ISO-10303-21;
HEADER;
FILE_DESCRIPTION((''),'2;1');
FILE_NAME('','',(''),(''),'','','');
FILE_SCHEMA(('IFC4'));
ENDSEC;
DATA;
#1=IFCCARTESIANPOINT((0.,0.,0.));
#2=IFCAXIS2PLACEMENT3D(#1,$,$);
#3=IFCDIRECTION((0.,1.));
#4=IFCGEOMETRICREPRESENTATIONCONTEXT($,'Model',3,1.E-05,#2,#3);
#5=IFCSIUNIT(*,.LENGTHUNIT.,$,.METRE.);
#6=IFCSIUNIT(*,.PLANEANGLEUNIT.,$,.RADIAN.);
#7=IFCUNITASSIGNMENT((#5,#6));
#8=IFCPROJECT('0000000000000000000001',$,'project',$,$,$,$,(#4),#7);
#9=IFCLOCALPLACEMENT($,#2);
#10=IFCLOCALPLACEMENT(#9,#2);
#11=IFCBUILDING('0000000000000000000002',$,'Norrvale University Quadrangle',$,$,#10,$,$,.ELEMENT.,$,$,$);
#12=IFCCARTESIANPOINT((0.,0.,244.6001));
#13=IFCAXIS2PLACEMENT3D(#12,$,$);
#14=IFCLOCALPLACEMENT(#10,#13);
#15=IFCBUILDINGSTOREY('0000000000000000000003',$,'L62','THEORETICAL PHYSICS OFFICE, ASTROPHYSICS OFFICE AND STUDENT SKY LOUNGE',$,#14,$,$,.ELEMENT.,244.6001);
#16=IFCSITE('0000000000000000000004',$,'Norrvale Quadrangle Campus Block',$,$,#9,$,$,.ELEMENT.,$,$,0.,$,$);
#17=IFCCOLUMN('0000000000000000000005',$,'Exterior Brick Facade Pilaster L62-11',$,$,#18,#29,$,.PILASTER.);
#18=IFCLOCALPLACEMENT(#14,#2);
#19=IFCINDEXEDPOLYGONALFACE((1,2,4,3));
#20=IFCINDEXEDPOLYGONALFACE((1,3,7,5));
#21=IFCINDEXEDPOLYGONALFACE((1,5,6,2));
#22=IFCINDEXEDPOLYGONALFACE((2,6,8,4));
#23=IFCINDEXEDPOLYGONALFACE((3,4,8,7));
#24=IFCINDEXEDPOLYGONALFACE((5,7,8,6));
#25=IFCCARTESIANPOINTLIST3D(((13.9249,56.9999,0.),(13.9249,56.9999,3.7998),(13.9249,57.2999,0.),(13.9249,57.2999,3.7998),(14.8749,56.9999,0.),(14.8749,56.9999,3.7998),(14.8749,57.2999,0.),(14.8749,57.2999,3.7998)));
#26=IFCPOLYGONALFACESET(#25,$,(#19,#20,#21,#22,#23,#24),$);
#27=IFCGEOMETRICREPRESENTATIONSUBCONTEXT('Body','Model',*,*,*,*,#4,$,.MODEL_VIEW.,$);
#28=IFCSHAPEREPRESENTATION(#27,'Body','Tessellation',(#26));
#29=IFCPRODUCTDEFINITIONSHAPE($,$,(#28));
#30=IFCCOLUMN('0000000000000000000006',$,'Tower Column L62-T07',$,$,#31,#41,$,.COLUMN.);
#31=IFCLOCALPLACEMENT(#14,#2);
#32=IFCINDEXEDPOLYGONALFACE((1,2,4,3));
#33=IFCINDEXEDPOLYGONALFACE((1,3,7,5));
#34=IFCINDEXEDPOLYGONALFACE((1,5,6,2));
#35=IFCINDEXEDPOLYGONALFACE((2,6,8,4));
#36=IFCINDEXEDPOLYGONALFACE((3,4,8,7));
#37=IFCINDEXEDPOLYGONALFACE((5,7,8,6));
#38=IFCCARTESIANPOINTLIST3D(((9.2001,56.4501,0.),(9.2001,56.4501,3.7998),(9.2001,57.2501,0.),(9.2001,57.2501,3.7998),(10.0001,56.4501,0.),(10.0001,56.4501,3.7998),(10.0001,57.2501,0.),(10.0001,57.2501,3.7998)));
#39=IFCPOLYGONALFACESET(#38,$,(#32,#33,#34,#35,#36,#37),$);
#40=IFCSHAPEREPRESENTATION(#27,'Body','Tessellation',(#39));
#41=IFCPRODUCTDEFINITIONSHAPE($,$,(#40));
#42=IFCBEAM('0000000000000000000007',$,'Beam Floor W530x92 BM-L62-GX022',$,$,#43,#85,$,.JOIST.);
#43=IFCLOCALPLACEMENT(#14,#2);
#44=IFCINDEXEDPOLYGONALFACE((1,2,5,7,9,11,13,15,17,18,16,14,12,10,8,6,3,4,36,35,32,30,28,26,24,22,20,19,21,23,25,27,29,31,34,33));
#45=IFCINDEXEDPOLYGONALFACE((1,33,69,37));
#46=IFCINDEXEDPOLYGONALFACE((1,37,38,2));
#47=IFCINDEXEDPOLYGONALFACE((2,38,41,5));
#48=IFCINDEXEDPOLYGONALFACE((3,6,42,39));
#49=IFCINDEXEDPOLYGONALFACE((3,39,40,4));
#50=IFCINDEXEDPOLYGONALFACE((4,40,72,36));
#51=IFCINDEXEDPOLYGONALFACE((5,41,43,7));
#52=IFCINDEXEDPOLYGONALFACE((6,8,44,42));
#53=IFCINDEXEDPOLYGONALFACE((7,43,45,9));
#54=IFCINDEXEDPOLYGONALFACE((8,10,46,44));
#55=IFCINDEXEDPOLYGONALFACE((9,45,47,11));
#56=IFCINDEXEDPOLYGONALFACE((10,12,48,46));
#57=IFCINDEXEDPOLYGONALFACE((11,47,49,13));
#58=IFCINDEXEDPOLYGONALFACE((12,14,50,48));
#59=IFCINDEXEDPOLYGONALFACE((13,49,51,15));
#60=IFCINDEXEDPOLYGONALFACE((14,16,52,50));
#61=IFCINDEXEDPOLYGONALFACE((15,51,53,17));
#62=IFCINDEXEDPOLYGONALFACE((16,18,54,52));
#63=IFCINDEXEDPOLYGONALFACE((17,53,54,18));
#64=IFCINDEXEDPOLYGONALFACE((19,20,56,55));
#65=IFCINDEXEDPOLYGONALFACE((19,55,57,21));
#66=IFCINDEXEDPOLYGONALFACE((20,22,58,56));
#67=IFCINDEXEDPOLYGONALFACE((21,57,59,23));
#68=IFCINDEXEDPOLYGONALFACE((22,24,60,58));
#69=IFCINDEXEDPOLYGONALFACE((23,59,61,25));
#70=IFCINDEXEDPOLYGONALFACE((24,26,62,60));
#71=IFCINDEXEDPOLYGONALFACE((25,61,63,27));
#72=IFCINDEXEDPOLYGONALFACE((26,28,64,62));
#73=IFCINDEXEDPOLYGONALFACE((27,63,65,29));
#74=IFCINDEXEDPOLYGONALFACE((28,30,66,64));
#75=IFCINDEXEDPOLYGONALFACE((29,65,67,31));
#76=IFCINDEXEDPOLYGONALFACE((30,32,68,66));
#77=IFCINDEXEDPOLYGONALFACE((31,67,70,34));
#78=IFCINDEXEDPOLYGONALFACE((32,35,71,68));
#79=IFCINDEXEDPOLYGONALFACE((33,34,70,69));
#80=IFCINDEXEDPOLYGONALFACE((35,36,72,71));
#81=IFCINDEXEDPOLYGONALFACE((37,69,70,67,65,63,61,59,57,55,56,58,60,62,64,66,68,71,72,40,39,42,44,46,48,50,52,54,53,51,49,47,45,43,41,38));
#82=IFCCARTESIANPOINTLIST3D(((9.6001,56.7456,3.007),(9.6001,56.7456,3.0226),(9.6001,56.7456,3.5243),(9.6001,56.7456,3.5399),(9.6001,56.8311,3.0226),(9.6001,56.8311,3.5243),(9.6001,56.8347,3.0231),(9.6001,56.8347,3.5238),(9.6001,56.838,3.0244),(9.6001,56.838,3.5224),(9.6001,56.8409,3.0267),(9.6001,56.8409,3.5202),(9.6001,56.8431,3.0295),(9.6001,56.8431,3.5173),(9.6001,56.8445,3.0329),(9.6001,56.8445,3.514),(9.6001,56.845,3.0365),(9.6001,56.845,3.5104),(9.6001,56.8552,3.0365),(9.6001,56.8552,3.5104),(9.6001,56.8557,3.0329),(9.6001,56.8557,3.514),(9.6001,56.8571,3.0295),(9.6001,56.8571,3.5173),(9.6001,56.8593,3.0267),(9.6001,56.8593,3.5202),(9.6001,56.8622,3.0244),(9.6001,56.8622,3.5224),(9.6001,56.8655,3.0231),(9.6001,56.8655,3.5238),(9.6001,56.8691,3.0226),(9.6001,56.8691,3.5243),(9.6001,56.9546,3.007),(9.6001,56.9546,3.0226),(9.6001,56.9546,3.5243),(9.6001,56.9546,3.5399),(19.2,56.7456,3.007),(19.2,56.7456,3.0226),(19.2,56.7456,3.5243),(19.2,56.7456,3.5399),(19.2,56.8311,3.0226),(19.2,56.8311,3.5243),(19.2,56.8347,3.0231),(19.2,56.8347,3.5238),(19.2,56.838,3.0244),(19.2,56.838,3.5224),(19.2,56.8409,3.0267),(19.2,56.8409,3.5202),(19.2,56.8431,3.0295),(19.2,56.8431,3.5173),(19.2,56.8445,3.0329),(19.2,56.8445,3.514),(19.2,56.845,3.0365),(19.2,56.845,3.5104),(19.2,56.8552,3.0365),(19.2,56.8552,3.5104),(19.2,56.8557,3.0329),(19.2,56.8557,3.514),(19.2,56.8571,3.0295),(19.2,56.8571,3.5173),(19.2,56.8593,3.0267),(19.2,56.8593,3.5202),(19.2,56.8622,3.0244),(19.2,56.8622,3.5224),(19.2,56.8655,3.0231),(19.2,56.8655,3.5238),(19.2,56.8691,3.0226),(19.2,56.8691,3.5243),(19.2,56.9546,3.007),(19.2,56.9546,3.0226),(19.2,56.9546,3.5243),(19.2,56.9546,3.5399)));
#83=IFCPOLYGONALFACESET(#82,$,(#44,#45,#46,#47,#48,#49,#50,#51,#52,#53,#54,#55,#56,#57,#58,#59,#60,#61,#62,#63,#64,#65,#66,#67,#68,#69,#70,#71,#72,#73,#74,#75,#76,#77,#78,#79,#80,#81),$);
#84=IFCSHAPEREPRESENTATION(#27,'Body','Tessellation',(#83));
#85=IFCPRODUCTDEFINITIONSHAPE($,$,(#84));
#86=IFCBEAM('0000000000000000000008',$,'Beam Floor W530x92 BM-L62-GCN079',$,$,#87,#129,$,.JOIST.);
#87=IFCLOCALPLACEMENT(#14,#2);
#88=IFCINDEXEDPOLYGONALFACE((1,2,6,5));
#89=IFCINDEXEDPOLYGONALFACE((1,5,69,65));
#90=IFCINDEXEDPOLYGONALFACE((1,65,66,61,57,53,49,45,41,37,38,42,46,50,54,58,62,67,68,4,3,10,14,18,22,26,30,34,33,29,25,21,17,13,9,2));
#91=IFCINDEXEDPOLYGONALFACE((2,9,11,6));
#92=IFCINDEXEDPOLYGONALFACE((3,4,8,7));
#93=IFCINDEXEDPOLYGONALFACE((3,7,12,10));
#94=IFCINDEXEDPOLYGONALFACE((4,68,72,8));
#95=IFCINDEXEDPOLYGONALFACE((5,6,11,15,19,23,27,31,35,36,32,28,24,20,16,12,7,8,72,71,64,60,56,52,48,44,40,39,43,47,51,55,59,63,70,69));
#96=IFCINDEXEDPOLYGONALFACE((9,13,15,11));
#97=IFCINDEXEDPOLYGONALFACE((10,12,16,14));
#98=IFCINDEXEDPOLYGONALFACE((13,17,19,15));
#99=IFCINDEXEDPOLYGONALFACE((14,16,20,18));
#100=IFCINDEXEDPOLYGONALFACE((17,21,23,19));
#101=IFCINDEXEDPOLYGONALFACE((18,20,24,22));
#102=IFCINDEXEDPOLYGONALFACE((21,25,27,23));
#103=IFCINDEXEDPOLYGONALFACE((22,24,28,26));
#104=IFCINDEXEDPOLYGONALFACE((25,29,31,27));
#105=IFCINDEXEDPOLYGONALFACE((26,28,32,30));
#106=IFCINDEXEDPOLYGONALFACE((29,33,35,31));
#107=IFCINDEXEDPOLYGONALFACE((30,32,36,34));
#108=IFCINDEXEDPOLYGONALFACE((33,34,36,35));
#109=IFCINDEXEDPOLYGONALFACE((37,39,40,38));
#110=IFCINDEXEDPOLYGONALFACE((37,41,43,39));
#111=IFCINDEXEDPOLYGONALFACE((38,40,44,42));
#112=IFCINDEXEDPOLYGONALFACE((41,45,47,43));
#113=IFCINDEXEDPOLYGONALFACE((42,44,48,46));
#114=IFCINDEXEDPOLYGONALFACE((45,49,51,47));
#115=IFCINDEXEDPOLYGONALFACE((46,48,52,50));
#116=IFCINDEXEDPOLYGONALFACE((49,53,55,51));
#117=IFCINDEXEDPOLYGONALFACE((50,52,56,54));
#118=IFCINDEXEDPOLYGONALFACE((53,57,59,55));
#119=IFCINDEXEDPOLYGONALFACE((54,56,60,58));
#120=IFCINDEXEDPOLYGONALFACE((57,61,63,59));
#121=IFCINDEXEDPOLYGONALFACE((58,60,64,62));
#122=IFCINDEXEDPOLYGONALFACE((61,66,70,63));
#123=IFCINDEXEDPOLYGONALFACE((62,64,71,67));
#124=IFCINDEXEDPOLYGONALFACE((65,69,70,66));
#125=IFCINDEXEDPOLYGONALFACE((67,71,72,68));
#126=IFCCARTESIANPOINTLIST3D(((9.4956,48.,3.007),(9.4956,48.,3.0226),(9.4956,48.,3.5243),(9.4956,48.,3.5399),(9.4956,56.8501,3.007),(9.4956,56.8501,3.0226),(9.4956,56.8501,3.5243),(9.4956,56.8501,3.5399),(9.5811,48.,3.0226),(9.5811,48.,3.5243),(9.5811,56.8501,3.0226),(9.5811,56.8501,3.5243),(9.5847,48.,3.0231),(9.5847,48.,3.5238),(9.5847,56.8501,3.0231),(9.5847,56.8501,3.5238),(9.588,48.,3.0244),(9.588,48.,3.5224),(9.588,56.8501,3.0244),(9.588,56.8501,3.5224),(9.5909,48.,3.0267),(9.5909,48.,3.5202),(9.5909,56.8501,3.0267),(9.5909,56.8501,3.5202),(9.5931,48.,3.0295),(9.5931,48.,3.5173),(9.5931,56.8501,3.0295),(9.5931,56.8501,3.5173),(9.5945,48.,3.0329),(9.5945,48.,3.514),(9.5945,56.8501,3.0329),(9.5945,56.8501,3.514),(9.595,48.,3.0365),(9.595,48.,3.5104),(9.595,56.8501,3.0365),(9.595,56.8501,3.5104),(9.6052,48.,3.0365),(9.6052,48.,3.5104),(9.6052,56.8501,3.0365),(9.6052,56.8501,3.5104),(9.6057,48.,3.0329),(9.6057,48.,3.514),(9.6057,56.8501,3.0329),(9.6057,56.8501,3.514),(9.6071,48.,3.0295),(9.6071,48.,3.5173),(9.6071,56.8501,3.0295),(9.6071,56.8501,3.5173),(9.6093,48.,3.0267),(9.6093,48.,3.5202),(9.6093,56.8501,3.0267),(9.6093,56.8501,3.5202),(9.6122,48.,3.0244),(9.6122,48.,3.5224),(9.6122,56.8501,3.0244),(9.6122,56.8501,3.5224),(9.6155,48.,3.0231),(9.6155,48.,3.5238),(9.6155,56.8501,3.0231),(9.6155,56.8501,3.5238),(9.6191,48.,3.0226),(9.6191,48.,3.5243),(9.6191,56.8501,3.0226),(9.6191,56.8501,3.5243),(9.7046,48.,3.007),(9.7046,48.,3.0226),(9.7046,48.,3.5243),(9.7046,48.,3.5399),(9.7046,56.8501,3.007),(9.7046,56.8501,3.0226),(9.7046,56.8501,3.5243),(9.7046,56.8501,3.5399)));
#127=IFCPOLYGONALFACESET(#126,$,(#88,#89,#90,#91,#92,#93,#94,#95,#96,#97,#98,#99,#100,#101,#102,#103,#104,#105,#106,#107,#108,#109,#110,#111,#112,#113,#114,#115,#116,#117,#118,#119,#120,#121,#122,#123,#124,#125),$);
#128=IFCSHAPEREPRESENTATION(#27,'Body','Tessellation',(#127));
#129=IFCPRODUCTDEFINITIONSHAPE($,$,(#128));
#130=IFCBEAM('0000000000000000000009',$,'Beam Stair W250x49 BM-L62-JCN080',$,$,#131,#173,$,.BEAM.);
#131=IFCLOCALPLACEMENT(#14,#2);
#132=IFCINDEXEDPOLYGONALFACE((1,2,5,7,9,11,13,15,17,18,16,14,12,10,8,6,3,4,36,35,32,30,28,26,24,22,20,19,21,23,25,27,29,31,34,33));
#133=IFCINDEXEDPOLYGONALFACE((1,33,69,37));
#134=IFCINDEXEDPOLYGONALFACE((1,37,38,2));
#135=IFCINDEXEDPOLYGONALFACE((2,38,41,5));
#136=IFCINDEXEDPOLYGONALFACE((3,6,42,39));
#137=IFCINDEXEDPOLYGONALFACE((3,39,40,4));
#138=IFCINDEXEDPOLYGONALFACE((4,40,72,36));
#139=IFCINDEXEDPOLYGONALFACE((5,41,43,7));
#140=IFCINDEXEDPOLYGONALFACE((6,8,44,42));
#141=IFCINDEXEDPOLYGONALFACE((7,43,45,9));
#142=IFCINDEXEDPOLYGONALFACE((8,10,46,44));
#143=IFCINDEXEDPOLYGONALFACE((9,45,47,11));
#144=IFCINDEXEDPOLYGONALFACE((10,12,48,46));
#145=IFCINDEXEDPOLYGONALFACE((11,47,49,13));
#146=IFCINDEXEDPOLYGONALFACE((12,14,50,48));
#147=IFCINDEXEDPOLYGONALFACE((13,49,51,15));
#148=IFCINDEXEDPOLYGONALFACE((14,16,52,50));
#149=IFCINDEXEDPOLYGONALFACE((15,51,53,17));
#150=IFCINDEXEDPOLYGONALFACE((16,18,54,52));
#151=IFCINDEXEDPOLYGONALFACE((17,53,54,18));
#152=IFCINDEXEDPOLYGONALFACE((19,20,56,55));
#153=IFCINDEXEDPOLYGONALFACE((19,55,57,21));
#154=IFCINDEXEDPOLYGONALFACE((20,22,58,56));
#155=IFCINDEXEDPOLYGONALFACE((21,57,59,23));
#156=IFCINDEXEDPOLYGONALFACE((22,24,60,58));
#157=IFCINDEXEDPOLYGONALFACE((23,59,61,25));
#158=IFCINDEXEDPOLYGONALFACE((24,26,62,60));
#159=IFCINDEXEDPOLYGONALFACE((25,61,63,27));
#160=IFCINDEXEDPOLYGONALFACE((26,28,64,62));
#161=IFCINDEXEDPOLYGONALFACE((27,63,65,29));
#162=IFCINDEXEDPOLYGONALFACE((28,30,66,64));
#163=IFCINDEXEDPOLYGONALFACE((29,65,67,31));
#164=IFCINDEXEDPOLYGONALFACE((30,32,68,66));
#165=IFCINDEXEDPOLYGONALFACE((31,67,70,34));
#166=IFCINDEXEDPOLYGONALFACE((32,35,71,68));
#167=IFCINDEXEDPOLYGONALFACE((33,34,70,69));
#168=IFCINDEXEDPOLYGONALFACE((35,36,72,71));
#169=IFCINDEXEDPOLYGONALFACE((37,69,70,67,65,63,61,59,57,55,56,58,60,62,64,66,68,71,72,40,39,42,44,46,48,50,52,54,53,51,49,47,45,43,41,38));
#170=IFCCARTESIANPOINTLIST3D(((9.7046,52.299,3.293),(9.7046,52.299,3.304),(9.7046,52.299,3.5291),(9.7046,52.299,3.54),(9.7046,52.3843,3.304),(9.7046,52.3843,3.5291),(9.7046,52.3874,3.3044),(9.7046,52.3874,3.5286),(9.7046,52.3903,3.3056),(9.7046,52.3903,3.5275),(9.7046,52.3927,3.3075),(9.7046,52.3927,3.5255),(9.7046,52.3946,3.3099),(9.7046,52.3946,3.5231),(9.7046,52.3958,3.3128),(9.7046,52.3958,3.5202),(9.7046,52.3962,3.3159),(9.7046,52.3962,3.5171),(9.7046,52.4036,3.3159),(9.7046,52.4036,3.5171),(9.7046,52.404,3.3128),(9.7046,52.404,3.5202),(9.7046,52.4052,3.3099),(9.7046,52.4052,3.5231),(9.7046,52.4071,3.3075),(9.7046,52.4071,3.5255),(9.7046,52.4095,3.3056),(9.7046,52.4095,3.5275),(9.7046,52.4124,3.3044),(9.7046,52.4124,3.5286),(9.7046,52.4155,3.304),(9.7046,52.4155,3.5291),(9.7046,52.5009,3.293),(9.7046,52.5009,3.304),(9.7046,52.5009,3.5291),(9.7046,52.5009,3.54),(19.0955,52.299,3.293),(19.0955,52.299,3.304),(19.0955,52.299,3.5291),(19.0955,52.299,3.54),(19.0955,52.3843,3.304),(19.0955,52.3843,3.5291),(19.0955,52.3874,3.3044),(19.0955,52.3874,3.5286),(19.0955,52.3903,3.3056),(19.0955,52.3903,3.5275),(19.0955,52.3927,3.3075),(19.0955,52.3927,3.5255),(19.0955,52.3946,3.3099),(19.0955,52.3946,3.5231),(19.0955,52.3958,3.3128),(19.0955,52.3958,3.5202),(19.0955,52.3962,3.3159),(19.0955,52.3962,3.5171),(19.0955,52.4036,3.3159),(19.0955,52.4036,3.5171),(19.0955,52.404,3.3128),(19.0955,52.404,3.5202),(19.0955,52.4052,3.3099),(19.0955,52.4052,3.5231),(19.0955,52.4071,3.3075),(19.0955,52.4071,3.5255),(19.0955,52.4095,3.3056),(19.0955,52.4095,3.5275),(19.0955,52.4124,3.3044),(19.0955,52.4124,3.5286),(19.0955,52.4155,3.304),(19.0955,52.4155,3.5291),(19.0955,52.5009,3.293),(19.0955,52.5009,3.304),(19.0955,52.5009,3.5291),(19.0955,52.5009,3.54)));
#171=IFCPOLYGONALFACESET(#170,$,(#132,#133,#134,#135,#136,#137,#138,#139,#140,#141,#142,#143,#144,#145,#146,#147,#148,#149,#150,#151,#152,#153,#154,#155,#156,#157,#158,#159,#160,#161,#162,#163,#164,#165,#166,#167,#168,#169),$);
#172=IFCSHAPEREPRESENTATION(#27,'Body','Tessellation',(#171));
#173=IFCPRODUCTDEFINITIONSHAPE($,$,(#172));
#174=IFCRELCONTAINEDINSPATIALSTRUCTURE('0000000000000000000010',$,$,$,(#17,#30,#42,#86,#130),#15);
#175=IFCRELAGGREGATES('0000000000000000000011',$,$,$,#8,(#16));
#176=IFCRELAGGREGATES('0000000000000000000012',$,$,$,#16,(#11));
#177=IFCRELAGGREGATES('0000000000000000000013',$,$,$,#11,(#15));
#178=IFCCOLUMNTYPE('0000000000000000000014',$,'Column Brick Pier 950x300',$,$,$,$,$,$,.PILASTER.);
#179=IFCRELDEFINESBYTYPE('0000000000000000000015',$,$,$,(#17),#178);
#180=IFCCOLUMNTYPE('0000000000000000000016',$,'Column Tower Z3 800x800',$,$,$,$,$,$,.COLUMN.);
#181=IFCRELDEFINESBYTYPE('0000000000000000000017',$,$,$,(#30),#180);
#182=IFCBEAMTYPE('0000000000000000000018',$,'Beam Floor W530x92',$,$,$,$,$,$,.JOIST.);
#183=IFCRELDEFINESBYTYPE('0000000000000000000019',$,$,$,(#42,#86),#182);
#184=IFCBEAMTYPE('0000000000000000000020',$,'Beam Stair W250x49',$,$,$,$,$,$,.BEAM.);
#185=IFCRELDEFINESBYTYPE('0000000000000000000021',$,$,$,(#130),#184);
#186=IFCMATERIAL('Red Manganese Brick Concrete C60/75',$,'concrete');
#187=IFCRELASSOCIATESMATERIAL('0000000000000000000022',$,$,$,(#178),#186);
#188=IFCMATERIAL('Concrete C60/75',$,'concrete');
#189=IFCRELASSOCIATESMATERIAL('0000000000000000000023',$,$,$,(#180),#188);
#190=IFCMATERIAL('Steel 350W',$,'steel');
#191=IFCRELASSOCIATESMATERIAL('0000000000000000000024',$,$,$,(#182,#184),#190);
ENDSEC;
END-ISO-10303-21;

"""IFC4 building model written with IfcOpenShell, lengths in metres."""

from ifc_helpers import new_model, si_unit, direction, frame, origin, origin_2d, place, context, subcontext, project, spatial, rectangle, i_section, extrude, material, material_profile, profile_set, type_object, element, save


model = new_model("IFC4")

# Units and contexts
model_context = context("Model", 3, precision=1e-05, world=origin(), true_north=direction((0.0, 1.0)))
body_context = subcontext(model_context, "Body", "Model", "MODEL_VIEW")
ifc_project = project(units=[si_unit("LENGTHUNIT", "METRE"), si_unit("PLANEANGLEUNIT", "RADIAN")], contexts=[model_context])

# Site, building, storey
site_placement = place(None, origin())
site = spatial("IfcSite", under=ifc_project, at=site_placement, Name="Norrvale Quadrangle Campus Block", CompositionType="ELEMENT", RefElevation=0.0)
building_placement = place(site_placement, origin())
building = spatial("IfcBuilding", under=site, at=building_placement, Name="Norrvale University Quadrangle", CompositionType="ELEMENT")
storey_placement = place(building_placement, frame((0.0, 0.0, 244.6001)))
storey = spatial("IfcBuildingStorey", under=building, at=storey_placement, Name="L62", Description="THEORETICAL PHYSICS OFFICE, ASTROPHYSICS OFFICE AND STUDENT SKY LOUNGE", CompositionType="ELEMENT", Elevation=244.6001)

# Columns
ifc_material_1 = material(Name="Red Manganese Brick Concrete C60/75", Category="concrete")
ifc_material_profile_1 = material_profile(ifc_material_1, rectangle(XDim=0.95, YDim=0.3, at=origin_2d()), Name="Red Manganese Brick Concrete C60/75")
ifc_profile_set_1 = profile_set([ifc_material_profile_1], Name="Red Manganese Brick Concrete C60/75")
column_type_1 = type_object("IfcColumnType", Name="Column Brick Pier 950x300", PredefinedType="PILASTER", material=ifc_profile_set_1)
column_1_placement = place(storey_placement, frame((14.3999, 57.1499, 0.0), z_axis=(0.0, 0.0, 1.0), x_axis=(1.0, 0.0, 0.0)))
element("IfcColumn", 1, at=column_1_placement, inside=storey, type_object=column_type_1, Name="Exterior Brick Facade Pilaster L62-11", PredefinedType="PILASTER", context=body_context, shape_type="SweptSolid", body=[
    extrude(rectangle(XDim=0.95, YDim=0.3, at=origin_2d()), origin(), (0.0, 0.0, 1.0), 3.7998),
])
ifc_material_2 = material(Name="Concrete C60/75", Category="concrete")
ifc_material_profile_2 = material_profile(ifc_material_2, rectangle(XDim=0.8, YDim=0.8, at=origin_2d()), Name="Concrete C60/75")
ifc_profile_set_2 = profile_set([ifc_material_profile_2], Name="Concrete C60/75")
column_type_2 = type_object("IfcColumnType", Name="Column Tower Z3 800x800", PredefinedType="COLUMN", material=ifc_profile_set_2)
column_2_placement = place(storey_placement, frame((9.6001, 56.8501, 0.0), z_axis=(0.0, 0.0, 1.0), x_axis=(1.0, 0.0, 0.0)))
element("IfcColumn", 2, at=column_2_placement, inside=storey, type_object=column_type_2, Name="Tower Column L62-T07", PredefinedType="COLUMN", context=body_context, shape_type="SweptSolid", body=[
    extrude(rectangle(XDim=0.8, YDim=0.8, at=origin_2d()), origin(), (0.0, 0.0, 1.0), 3.7998),
])

# Beams
ifc_material_3 = material(Name="Steel 350W", Category="steel")
ifc_material_profile_3 = material_profile(ifc_material_3, i_section(OverallWidth=0.209, OverallDepth=0.533, WebThickness=0.0103, FlangeThickness=0.0156, FilletRadius=0.0139, at=origin_2d()), Name="Steel 350W")
ifc_profile_set_3 = profile_set([ifc_material_profile_3], Name="Steel 350W")
beam_type_1 = type_object("IfcBeamType", Name="Beam Floor W530x92", PredefinedType="JOIST", material=ifc_profile_set_3)
beam_1_placement = place(storey_placement, frame((9.6001, 56.8501, 3.2734), z_axis=(1.0, 0.0, 0.0), x_axis=(0.0, 1.0, 0.0)))
element("IfcBeam", 3, at=beam_1_placement, inside=storey, type_object=beam_type_1, Name="Beam Floor W530x92 BM-L62-GX022", PredefinedType="JOIST", context=body_context, shape_type="SweptSolid", body=[
    extrude(i_section(OverallWidth=0.209, OverallDepth=0.533, WebThickness=0.0103, FlangeThickness=0.0156, FilletRadius=0.0139, at=origin_2d()), origin(), (0.0, 0.0, 1.0), 9.5999),
])
beam_2_placement = place(storey_placement, frame((9.6001, 48.0, 3.2734), z_axis=(0.0, 1.0, 0.0), x_axis=(-1.0, 0.0, 0.0)))
element("IfcBeam", 4, at=beam_2_placement, inside=storey, type_object=beam_type_1, Name="Beam Floor W530x92 BM-L62-GCN079", PredefinedType="JOIST", context=body_context, shape_type="SweptSolid", body=[
    extrude(i_section(OverallWidth=0.209, OverallDepth=0.533, WebThickness=0.0103, FlangeThickness=0.0156, FilletRadius=0.0139, at=origin_2d()), origin(), (0.0, 0.0, 1.0), 8.8501),
])
ifc_material_profile_4 = material_profile(ifc_material_3, i_section(OverallWidth=0.2019, OverallDepth=0.2471, WebThickness=0.0073, FlangeThickness=0.011, FilletRadius=0.012, at=origin_2d()), Name="Steel 350W")
ifc_profile_set_4 = profile_set([ifc_material_profile_4], Name="Steel 350W")
beam_type_2 = type_object("IfcBeamType", Name="Beam Stair W250x49", PredefinedType="BEAM", material=ifc_profile_set_4)
beam_3_placement = place(storey_placement, frame((9.7046, 52.3999, 3.4165), z_axis=(1.0, 0.0, 0.0), x_axis=(0.0, 1.0, 0.0)))
element("IfcBeam", 5, at=beam_3_placement, inside=storey, type_object=beam_type_2, Name="Beam Stair W250x49 BM-L62-JCN080", PredefinedType="BEAM", context=body_context, shape_type="SweptSolid", body=[
    extrude(i_section(OverallWidth=0.2019, OverallDepth=0.2471, WebThickness=0.0073, FlangeThickness=0.011, FilletRadius=0.012, at=origin_2d()), origin(), (0.0, 0.0, 1.0), 9.3909),
])

save(model, "model.ifc")
